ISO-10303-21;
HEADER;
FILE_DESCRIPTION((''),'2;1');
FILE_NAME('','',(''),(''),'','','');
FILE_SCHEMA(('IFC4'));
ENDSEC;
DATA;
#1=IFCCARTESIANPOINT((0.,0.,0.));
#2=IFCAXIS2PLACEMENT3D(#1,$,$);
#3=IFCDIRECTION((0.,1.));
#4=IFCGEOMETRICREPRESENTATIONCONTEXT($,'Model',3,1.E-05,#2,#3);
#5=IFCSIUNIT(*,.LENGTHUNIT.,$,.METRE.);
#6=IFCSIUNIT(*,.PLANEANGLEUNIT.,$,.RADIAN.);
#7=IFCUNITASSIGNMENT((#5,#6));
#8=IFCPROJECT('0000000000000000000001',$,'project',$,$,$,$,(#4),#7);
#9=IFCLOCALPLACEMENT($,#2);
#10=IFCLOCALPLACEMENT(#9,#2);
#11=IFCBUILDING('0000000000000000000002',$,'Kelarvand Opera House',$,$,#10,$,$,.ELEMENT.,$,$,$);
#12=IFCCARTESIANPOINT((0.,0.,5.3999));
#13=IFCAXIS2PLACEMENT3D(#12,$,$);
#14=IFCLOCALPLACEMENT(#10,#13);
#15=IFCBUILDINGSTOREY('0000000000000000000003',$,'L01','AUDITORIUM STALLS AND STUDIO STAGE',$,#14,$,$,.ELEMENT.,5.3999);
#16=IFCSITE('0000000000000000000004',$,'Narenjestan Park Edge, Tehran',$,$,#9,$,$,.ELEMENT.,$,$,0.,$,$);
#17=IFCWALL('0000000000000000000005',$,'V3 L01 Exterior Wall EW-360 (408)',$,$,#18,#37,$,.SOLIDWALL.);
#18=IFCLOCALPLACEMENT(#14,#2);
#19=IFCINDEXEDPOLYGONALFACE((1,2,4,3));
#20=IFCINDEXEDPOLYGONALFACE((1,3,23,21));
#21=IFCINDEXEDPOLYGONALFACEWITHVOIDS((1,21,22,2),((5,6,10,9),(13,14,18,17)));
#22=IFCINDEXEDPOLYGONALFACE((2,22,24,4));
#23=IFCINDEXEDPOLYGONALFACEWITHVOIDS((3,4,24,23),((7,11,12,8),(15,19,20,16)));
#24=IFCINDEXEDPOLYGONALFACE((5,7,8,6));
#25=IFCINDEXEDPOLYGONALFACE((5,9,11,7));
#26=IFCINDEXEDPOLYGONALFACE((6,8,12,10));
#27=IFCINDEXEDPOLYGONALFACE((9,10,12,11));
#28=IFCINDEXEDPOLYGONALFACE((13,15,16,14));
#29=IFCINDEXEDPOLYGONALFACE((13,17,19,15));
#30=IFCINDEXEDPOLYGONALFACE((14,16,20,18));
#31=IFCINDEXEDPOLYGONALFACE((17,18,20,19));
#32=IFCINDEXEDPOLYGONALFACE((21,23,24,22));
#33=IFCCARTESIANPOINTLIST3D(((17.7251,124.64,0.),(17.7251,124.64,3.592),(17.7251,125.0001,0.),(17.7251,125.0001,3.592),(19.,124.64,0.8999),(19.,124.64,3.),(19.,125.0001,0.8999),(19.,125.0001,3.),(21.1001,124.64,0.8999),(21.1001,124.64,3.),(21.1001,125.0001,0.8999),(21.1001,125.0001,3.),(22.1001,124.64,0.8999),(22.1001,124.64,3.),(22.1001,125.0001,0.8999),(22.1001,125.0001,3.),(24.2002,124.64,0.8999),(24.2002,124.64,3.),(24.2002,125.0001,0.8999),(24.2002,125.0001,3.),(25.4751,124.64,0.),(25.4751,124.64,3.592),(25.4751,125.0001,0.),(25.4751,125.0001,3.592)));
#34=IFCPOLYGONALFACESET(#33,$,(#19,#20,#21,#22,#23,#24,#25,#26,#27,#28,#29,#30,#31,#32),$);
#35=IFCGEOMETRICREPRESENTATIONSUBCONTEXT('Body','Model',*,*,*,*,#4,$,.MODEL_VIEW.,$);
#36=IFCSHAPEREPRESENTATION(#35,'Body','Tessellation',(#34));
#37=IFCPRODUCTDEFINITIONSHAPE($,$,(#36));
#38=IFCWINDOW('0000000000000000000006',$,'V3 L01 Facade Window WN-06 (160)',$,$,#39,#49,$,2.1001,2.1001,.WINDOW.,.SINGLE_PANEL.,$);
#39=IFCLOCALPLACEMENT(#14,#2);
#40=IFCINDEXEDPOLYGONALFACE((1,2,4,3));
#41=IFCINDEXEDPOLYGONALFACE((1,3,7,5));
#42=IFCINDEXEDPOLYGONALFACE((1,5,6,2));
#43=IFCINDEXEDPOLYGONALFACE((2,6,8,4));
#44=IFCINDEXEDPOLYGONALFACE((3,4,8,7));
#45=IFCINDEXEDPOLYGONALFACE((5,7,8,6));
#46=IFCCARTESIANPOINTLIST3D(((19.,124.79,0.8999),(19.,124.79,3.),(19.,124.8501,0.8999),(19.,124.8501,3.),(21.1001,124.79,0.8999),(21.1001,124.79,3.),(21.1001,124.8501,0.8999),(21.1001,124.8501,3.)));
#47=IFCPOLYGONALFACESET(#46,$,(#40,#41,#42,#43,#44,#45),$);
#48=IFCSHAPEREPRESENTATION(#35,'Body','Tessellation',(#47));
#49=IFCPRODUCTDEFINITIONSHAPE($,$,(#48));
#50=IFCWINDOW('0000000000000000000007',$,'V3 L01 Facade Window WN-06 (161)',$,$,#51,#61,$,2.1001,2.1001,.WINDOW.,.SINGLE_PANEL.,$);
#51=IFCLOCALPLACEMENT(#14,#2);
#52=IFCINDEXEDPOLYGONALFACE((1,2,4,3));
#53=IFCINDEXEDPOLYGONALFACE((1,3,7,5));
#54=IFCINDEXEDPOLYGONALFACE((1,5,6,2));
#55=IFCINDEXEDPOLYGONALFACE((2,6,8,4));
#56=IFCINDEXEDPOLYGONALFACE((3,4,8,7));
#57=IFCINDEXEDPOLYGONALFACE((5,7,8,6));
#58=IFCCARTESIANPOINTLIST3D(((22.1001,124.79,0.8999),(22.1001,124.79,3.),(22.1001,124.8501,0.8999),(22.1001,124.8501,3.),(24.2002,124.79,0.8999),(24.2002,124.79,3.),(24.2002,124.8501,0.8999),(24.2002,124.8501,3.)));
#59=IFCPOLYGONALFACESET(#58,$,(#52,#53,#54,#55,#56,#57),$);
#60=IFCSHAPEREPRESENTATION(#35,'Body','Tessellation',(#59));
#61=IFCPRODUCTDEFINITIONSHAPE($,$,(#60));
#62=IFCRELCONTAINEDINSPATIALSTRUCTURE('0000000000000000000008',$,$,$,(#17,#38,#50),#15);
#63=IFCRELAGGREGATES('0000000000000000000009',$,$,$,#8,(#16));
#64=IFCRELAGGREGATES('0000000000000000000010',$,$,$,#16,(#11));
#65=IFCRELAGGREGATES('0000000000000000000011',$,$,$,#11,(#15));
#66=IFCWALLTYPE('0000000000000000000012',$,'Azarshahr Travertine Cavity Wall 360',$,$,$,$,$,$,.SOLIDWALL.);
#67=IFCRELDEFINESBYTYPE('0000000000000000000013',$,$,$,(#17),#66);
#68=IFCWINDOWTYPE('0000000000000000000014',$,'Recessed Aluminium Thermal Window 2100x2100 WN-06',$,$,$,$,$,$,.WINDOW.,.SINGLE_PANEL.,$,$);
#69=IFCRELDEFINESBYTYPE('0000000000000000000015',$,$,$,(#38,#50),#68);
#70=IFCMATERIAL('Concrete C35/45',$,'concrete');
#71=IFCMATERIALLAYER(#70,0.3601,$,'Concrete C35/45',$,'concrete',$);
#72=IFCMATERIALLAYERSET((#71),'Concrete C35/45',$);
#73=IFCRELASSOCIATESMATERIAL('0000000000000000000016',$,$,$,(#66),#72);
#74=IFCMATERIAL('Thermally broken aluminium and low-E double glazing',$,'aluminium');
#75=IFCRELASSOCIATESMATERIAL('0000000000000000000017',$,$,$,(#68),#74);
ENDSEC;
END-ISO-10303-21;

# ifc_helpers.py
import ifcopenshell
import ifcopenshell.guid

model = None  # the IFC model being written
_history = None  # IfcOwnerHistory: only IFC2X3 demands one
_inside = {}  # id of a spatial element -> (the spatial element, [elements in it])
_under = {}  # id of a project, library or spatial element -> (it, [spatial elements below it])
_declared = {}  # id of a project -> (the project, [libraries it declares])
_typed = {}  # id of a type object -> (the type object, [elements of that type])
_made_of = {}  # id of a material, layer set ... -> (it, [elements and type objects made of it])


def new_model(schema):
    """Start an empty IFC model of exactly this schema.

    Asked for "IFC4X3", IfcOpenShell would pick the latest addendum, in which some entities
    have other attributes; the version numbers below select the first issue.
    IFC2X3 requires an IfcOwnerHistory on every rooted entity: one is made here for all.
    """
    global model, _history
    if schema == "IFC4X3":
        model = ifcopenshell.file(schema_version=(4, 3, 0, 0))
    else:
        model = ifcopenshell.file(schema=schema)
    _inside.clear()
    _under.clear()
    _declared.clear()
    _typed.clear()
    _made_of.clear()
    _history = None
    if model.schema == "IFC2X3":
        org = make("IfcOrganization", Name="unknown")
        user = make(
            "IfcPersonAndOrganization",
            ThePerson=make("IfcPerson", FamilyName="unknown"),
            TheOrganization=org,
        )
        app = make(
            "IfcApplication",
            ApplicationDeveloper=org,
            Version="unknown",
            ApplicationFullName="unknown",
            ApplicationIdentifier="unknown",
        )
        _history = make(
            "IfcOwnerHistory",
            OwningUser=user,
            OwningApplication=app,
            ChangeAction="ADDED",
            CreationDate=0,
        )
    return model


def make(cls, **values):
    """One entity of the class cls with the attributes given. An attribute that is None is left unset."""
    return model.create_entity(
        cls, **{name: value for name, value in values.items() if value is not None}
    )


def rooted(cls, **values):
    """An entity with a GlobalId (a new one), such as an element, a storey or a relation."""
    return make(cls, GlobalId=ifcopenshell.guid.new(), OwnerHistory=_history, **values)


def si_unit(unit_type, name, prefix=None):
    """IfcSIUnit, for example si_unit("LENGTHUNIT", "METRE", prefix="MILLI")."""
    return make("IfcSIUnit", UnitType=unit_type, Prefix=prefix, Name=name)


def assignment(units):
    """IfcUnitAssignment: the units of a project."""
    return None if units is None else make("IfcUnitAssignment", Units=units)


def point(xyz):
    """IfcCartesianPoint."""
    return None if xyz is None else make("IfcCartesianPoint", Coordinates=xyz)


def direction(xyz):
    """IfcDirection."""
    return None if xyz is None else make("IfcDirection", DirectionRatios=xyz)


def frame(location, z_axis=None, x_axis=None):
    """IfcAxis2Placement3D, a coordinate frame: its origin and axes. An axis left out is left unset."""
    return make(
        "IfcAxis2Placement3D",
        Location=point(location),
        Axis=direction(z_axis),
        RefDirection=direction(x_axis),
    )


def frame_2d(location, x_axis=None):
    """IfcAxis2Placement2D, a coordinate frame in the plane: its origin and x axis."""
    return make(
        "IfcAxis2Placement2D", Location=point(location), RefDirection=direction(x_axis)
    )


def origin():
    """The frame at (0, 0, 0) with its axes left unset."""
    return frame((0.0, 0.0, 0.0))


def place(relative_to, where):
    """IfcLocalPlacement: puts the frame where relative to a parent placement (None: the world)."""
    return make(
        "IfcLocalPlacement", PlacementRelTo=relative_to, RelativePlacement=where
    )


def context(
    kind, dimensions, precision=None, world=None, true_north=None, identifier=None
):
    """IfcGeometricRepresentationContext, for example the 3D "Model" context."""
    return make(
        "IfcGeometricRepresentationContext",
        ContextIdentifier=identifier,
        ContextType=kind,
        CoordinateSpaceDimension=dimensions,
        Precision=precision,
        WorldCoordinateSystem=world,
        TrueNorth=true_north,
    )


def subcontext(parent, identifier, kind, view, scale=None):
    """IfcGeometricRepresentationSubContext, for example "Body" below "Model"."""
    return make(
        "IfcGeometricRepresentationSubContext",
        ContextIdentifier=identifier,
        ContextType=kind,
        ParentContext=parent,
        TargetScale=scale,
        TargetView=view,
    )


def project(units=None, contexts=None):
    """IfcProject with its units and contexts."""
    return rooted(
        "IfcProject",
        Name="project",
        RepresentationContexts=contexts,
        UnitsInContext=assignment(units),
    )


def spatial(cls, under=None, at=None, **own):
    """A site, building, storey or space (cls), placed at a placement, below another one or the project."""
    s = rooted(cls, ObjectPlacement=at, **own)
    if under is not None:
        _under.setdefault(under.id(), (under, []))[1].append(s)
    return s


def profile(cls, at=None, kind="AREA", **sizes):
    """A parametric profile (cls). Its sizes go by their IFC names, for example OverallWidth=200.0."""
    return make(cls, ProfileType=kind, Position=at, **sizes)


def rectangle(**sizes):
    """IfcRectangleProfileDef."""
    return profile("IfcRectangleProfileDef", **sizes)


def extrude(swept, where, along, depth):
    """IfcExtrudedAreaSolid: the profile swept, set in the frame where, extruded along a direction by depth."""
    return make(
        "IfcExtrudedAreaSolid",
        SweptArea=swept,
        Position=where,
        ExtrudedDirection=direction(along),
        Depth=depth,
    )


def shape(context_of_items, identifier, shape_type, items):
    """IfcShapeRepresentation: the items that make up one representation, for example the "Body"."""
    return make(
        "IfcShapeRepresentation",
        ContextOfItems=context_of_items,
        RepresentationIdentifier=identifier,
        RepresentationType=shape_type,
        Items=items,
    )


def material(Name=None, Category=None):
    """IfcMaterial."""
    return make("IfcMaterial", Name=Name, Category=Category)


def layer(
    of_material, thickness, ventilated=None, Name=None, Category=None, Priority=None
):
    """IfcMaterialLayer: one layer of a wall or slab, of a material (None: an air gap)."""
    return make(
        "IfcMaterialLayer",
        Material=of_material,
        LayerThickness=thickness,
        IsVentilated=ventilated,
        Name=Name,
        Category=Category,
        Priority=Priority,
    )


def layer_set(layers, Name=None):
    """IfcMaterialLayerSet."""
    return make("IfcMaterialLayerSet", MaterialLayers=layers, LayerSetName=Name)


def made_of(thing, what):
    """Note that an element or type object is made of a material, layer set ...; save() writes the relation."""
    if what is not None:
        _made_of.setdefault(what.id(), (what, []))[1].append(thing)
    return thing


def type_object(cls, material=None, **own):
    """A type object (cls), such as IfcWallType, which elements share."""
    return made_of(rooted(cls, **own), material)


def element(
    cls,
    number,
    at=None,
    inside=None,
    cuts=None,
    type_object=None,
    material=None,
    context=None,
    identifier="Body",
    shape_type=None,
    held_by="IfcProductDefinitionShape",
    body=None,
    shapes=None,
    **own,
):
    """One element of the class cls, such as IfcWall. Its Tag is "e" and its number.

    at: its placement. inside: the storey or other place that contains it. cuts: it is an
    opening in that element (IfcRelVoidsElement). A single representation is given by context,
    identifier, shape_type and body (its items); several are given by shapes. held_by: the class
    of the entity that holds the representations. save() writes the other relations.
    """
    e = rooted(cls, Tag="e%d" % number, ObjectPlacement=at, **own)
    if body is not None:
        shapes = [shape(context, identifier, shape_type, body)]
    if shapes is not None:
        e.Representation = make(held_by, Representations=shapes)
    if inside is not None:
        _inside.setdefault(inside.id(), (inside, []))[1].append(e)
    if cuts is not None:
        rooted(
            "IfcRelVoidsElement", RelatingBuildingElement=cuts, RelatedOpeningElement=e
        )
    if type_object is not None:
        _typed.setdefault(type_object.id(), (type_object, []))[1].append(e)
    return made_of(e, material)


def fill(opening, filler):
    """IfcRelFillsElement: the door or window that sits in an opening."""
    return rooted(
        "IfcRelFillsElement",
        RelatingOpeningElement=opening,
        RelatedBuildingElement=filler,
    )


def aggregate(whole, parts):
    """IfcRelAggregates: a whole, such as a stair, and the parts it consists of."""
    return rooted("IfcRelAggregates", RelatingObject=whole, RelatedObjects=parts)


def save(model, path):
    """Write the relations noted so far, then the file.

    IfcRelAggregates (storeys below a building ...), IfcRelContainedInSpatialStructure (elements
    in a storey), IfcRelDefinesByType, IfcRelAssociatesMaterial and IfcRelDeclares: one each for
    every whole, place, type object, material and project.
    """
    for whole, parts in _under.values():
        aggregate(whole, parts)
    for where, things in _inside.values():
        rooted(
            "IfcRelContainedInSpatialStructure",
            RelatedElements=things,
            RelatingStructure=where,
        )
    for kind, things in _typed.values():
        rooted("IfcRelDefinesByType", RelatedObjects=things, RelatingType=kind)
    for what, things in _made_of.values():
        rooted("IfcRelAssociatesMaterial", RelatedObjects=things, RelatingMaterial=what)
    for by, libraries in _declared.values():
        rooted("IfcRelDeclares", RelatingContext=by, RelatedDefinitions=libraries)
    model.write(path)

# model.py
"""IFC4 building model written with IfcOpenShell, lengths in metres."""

from ifc_helpers import new_model, si_unit, direction, frame, frame_2d, origin, place, context, subcontext, project, spatial, rectangle, extrude, material, layer, layer_set, type_object, element, fill, save


model = new_model("IFC4")

# Units and contexts
model_context = context("Model", 3, precision=1e-05, world=origin(), true_north=direction((0.0, 1.0)))
body_context = subcontext(model_context, "Body", "Model", "MODEL_VIEW")
ifc_project = project(units=[si_unit("LENGTHUNIT", "METRE"), si_unit("PLANEANGLEUNIT", "RADIAN")], contexts=[model_context])

# Site, building, storey
site_placement = place(None, origin())
site = spatial("IfcSite", under=ifc_project, at=site_placement, Name="Narenjestan Park Edge, Tehran", CompositionType="ELEMENT", RefElevation=0.0)
building_placement = place(site_placement, origin())
building = spatial("IfcBuilding", under=site, at=building_placement, Name="Kelarvand Opera House", CompositionType="ELEMENT")
storey_placement = place(building_placement, frame((0.0, 0.0, 5.3999)))
storey = spatial("IfcBuildingStorey", under=building, at=storey_placement, Name="L01", Description="AUDITORIUM STALLS AND STUDIO STAGE", CompositionType="ELEMENT", Elevation=5.3999)

# Wall, openings, windows
ifc_material_1 = material(Name="Concrete C35/45", Category="concrete")
ifc_layer_1 = layer(ifc_material_1, 0.3601, Name="Concrete C35/45", Category="concrete")
ifc_layer_set_1 = layer_set([ifc_layer_1], Name="Concrete C35/45")
wall_type = type_object("IfcWallType", Name="Azarshahr Travertine Cavity Wall 360", PredefinedType="SOLIDWALL", material=ifc_layer_set_1)
wall_placement = place(storey_placement, frame((17.7251, 124.8201, 0.0), z_axis=(0.0, 0.0, 1.0), x_axis=(1.0, 0.0, 0.0)))
wall = element("IfcWall", 1, at=wall_placement, inside=storey, type_object=wall_type, Name="V3 L01 Exterior Wall EW-360 (408)", PredefinedType="SOLIDWALL", context=body_context, shape_type="SweptSolid", body=[
    extrude(rectangle(XDim=7.75, YDim=0.3601, at=frame_2d((3.875, 0.0))), origin(), (0.0, 0.0, 1.0), 3.592),
])
opening_1_placement = place(wall_placement, frame((1.2749, 0.0, 0.8999)))
opening_1 = element("IfcOpeningElement", 2, at=opening_1_placement, cuts=wall, PredefinedType="OPENING", context=body_context, shape_type="SweptSolid", body=[
    extrude(rectangle(XDim=2.1001, YDim=2.1001, at=frame_2d((1.05, 1.05))), frame((0.0, 0.1899, 0.0), z_axis=(0.0, -1.0, 0.0), x_axis=(1.0, 0.0, 0.0)), (0.0, 0.0, 1.0), 0.3801),
])
opening_2_placement = place(wall_placement, frame((4.375, 0.0, 0.8999)))
opening_2 = element("IfcOpeningElement", 3, at=opening_2_placement, cuts=wall, PredefinedType="OPENING", context=body_context, shape_type="SweptSolid", body=[
    extrude(rectangle(XDim=2.1001, YDim=2.1001, at=frame_2d((1.05, 1.05))), frame((0.0, 0.1899, 0.0), z_axis=(0.0, -1.0, 0.0), x_axis=(1.0, 0.0, 0.0)), (0.0, 0.0, 1.0), 0.3801),
])
ifc_material_2 = material(Name="Thermally broken aluminium and low-E double glazing", Category="aluminium")
window_type = type_object("IfcWindowType", Name="Recessed Aluminium Thermal Window 2100x2100 WN-06", PartitioningType="SINGLE_PANEL", PredefinedType="WINDOW", material=ifc_material_2)
window_1_placement = place(opening_1_placement, origin())
window_1 = element("IfcWindow", 4, at=window_1_placement, inside=storey, type_object=window_type, Name="V3 L01 Facade Window WN-06 (160)", OverallHeight=2.1001, OverallWidth=2.1001, PartitioningType="SINGLE_PANEL", PredefinedType="WINDOW", context=body_context, shape_type="SweptSolid", body=[
    extrude(rectangle(XDim=2.1001, YDim=2.1001, at=frame_2d((1.05, 1.05))), frame((0.0, 0.03, 0.0), z_axis=(0.0, -1.0, 0.0), x_axis=(1.0, 0.0, 0.0)), (0.0, 0.0, 1.0), 0.0601),
])
fill(opening_1, window_1)
window_2_placement = place(opening_2_placement, origin())
window_2 = element("IfcWindow", 5, at=window_2_placement, inside=storey, type_object=window_type, Name="V3 L01 Facade Window WN-06 (161)", OverallHeight=2.1001, OverallWidth=2.1001, PartitioningType="SINGLE_PANEL", PredefinedType="WINDOW", context=body_context, shape_type="SweptSolid", body=[
    extrude(rectangle(XDim=2.1001, YDim=2.1001, at=frame_2d((1.05, 1.05))), frame((0.0, 0.03, 0.0), z_axis=(0.0, -1.0, 0.0), x_axis=(1.0, 0.0, 0.0)), (0.0, 0.0, 1.0), 0.0601),
])
fill(opening_2, window_2)

save(model, "model.ifc")
